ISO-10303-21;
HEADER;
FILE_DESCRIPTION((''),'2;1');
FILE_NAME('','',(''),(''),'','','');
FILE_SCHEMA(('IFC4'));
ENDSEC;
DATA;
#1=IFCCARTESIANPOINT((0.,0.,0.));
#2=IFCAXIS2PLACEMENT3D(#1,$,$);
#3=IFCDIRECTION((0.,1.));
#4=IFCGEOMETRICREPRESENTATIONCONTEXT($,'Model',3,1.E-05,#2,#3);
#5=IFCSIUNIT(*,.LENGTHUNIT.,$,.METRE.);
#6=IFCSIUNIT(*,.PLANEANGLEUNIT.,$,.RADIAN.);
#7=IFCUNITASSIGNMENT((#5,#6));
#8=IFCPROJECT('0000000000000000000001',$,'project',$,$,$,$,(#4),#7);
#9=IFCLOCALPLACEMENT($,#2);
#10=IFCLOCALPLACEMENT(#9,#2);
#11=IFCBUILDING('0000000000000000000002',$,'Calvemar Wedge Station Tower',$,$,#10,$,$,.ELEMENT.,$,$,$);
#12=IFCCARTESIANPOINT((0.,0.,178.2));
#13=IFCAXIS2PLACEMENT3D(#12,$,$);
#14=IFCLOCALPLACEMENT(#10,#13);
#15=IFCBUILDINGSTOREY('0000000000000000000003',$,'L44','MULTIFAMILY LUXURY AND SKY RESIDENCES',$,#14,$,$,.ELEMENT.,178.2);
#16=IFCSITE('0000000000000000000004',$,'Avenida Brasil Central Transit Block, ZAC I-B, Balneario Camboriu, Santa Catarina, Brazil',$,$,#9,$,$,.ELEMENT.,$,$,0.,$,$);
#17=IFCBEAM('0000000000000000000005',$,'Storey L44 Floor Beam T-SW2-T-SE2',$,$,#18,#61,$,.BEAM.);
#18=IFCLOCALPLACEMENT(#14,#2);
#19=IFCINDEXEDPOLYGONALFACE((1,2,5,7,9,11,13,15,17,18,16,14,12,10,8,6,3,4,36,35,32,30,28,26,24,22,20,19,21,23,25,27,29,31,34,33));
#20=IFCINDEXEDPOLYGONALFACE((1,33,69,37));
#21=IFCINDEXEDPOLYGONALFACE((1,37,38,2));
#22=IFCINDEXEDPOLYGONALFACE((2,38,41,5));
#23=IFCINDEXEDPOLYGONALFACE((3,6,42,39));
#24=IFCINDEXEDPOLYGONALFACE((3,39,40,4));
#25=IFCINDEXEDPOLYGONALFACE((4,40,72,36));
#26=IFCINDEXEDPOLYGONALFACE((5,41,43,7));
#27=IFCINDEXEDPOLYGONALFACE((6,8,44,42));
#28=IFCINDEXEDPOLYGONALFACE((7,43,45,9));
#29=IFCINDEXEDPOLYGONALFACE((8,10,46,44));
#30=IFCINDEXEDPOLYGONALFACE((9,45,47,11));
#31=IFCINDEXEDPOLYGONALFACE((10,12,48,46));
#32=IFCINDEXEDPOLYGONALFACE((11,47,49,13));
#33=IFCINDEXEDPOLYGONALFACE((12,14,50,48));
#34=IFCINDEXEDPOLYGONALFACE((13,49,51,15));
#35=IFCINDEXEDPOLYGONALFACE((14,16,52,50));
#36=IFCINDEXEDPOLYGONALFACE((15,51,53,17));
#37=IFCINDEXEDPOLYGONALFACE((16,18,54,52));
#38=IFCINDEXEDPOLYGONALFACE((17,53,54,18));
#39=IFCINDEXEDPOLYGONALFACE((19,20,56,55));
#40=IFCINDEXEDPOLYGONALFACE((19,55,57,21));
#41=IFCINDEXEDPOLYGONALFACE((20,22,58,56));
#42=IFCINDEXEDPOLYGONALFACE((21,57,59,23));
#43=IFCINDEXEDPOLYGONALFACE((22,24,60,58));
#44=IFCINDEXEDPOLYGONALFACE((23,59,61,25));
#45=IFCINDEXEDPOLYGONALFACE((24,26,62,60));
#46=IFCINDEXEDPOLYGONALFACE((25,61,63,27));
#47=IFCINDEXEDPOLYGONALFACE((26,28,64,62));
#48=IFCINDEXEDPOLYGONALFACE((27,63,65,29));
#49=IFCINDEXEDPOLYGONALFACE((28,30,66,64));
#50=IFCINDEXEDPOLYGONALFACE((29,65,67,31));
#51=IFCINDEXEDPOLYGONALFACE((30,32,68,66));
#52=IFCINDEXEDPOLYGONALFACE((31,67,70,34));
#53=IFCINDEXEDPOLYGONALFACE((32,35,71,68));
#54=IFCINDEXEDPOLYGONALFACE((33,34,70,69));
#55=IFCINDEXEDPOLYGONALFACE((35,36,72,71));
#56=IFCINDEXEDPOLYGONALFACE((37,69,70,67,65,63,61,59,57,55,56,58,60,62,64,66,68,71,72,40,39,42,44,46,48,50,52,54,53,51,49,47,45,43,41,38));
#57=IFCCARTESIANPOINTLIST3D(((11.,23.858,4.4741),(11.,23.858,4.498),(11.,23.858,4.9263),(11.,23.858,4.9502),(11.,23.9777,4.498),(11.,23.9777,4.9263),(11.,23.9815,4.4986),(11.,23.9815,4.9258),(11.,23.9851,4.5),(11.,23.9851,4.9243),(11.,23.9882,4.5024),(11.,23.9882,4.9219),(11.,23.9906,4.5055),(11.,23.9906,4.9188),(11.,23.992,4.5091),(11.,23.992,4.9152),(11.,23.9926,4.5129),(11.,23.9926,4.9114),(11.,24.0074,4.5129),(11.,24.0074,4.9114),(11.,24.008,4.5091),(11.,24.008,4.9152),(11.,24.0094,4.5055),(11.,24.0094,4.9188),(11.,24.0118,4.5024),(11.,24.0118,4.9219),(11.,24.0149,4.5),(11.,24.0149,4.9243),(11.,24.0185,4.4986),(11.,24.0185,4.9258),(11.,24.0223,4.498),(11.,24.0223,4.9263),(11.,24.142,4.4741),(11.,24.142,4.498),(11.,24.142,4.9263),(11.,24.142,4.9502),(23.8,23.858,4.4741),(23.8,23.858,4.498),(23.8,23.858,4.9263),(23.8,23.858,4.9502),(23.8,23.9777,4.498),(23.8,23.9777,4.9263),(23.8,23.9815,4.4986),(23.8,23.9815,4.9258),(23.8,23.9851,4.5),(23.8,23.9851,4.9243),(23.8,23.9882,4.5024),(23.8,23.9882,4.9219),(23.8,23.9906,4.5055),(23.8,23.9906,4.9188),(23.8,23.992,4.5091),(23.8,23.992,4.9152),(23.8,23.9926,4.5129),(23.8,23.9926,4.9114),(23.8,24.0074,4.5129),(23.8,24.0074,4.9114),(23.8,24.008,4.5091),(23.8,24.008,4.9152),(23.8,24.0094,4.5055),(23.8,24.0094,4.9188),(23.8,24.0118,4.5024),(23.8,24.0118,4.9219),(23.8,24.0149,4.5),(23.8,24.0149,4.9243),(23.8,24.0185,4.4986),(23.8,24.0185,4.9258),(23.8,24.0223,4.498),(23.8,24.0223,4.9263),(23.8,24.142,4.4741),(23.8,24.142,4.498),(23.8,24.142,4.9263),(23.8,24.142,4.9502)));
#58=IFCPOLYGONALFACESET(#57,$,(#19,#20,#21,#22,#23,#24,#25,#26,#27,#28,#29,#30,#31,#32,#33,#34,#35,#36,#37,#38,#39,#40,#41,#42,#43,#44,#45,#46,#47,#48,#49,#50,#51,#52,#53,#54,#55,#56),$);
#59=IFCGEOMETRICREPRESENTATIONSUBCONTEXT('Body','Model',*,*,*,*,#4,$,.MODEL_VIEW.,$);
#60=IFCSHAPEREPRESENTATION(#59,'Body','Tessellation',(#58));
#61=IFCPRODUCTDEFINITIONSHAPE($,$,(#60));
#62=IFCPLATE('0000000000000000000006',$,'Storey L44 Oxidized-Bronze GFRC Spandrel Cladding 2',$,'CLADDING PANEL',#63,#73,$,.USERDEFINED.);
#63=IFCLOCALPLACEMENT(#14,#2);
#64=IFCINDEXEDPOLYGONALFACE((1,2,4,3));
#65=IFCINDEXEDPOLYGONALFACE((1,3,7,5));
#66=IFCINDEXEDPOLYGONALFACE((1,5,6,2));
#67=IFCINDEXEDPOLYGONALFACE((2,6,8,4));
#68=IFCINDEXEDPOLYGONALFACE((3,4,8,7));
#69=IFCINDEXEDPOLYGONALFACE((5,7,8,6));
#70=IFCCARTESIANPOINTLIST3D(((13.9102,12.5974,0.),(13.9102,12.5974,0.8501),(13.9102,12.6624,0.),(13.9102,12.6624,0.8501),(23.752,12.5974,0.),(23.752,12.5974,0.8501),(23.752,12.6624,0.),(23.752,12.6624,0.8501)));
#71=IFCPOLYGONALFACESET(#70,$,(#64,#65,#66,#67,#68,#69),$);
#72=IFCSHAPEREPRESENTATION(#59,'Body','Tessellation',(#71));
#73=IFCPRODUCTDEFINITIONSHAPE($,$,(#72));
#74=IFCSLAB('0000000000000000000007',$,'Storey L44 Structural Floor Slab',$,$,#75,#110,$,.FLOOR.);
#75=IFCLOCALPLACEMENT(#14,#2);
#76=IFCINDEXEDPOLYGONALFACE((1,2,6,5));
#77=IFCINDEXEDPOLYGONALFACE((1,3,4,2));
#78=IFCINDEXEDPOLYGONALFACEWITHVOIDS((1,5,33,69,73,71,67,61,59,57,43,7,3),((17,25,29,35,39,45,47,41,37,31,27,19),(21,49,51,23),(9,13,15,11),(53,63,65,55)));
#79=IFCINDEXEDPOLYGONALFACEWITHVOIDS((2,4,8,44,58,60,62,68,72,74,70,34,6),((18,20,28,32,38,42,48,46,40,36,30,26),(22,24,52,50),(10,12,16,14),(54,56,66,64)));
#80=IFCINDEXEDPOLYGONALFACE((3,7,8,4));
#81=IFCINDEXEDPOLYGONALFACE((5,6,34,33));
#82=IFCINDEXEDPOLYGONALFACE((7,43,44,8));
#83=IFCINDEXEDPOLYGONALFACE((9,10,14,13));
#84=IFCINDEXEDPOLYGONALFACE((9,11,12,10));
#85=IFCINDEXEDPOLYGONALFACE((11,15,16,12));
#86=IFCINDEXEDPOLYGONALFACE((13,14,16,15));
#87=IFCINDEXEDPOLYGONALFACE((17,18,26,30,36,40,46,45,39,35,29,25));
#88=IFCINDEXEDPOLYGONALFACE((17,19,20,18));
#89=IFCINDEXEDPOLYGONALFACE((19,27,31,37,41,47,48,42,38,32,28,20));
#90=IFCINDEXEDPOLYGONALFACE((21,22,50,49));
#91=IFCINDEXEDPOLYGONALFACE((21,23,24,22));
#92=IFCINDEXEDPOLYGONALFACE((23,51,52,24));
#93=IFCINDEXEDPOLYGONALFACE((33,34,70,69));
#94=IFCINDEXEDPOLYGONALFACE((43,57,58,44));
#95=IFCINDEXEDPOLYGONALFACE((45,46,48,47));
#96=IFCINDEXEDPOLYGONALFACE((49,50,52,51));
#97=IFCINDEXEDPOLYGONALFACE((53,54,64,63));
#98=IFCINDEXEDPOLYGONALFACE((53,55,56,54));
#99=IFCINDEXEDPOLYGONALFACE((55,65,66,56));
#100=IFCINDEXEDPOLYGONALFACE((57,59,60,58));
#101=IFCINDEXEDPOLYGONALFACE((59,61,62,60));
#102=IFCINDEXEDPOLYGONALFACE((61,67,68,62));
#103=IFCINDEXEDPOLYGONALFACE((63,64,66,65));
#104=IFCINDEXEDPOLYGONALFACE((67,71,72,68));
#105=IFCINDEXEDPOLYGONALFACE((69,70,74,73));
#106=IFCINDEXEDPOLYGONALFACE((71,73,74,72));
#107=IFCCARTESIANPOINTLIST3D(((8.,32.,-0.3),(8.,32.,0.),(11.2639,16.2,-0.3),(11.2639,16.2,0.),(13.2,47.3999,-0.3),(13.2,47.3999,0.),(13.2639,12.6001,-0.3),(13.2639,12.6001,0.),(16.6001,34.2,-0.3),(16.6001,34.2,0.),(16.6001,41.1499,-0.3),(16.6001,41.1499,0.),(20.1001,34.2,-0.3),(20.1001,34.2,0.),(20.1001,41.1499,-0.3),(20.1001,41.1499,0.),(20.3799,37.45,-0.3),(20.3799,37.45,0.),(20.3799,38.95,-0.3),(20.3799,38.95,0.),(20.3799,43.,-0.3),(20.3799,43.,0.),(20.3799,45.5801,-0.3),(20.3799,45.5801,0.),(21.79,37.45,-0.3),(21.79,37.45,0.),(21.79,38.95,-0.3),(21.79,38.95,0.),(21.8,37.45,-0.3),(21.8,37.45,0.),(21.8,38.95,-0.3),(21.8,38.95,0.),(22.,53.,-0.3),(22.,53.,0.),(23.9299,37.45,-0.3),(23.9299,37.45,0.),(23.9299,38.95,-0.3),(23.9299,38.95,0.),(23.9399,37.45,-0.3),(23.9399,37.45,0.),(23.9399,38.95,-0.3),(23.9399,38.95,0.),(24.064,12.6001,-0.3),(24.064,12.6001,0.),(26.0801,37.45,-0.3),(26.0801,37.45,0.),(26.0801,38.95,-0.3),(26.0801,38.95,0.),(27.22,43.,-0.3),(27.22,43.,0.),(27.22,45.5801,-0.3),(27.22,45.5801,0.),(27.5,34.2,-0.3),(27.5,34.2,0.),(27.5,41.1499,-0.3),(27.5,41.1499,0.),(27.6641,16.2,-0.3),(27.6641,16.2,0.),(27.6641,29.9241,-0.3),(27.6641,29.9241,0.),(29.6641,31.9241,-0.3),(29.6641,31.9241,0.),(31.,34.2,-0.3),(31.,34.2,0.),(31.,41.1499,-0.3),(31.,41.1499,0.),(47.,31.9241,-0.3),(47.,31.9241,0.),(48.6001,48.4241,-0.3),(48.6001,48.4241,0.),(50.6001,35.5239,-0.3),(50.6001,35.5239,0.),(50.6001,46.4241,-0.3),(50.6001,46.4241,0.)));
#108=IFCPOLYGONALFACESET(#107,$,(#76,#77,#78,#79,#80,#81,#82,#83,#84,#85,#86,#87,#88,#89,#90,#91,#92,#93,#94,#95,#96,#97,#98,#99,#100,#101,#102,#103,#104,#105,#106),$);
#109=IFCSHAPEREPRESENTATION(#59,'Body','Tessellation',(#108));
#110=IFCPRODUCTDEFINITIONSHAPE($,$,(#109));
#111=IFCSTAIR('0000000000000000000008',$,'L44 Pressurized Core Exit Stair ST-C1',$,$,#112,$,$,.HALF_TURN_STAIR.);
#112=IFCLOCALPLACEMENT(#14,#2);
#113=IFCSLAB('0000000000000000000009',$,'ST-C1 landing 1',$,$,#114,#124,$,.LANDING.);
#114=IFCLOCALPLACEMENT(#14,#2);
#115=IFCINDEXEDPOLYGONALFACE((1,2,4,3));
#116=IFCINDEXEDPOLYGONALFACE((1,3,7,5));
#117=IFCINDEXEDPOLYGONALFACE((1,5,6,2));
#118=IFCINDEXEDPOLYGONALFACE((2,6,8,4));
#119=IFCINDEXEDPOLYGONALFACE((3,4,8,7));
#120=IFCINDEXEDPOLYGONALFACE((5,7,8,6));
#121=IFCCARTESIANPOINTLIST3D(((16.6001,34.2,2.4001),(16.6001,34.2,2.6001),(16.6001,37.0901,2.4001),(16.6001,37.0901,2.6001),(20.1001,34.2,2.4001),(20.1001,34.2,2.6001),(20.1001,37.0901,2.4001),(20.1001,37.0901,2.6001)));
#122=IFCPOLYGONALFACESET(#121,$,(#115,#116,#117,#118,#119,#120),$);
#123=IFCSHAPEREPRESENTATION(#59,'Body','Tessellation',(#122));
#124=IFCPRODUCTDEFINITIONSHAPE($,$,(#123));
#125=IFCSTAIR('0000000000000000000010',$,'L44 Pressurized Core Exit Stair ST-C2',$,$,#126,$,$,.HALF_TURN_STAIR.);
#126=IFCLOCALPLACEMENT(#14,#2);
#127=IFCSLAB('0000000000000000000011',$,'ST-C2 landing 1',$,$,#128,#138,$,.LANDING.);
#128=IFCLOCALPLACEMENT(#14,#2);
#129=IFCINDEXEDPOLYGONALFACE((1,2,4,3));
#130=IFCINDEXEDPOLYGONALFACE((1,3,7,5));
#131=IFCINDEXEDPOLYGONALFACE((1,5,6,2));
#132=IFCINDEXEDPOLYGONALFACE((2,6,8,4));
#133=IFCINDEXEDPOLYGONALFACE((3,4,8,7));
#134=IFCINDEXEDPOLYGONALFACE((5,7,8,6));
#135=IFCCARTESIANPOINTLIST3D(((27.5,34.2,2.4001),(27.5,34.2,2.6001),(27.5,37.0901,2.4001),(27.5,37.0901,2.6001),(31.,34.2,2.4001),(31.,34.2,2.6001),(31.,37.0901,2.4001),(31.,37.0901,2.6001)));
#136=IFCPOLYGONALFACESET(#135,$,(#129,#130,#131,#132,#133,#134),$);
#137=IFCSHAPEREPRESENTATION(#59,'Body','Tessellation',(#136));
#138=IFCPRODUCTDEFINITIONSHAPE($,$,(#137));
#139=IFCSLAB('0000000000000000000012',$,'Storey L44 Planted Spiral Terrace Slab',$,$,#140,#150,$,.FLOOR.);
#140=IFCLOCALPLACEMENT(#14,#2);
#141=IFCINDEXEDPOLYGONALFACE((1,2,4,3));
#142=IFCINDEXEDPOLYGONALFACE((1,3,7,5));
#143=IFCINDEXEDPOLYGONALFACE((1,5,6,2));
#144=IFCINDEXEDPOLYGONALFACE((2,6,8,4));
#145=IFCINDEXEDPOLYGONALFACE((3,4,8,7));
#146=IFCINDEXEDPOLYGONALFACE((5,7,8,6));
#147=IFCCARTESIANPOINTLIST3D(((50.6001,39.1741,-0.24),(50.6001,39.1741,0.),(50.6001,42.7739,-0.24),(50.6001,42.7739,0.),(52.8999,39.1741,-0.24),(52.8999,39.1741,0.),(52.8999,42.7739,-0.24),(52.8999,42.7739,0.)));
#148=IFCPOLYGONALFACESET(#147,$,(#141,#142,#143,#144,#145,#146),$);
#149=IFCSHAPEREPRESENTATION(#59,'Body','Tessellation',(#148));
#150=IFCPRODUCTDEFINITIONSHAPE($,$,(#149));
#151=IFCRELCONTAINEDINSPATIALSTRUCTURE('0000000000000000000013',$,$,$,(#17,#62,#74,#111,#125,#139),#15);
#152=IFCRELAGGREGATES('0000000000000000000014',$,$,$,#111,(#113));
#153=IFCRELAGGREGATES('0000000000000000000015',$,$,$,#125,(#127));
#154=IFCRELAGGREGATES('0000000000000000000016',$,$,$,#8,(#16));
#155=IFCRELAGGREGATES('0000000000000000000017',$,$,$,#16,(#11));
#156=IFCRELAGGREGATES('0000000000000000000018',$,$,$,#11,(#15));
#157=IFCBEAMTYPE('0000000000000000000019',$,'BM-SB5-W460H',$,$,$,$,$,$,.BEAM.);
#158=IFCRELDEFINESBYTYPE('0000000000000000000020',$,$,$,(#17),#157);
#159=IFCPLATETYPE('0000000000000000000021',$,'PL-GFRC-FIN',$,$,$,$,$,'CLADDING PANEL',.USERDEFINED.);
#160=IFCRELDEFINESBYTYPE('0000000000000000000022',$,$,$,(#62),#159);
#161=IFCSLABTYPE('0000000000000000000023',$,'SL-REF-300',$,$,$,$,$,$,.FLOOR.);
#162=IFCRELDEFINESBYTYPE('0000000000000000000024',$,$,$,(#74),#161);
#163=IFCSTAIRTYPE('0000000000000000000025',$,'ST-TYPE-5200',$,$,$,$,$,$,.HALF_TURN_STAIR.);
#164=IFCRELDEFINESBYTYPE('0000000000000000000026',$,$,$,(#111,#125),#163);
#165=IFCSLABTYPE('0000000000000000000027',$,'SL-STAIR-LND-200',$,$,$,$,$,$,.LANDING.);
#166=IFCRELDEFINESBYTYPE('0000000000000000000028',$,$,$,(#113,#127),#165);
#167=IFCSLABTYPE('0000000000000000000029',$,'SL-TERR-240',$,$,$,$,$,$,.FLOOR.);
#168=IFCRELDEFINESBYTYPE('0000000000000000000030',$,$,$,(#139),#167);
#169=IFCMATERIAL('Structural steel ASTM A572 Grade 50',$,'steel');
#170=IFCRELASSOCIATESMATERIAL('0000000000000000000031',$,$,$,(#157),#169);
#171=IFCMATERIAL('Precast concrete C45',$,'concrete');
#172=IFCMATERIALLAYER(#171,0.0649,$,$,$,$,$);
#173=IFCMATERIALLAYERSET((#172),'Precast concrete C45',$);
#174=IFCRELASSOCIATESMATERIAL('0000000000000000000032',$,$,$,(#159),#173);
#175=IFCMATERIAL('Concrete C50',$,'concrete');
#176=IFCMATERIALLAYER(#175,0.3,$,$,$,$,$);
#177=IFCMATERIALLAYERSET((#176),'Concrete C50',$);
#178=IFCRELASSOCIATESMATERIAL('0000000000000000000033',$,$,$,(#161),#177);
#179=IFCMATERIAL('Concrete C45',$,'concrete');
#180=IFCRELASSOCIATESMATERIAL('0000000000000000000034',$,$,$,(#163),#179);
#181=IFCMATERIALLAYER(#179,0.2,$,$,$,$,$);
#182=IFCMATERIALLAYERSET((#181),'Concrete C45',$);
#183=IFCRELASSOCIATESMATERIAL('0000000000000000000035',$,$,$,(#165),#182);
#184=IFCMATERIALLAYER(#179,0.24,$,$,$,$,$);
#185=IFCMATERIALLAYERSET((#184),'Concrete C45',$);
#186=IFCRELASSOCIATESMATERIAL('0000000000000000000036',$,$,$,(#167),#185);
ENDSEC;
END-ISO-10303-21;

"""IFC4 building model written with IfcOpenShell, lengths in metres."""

from ifc_helpers import new_model, si_unit, direction, frame, frame_2d, origin, origin_2d, place, context, subcontext, project, spatial, polyline, rectangle, i_section, outline, extrude, source, transform, mapped, material, layer, layer_set, material_profile, profile_set, type_object, element, aggregate, save


model = new_model("IFC4")

# Units and contexts
model_context = context("Model", 3, precision=1e-05, world=origin(), true_north=direction((0.0, 1.0)))
body_context = subcontext(model_context, "Body", "Model", "MODEL_VIEW")
ifc_project = project(units=[si_unit("LENGTHUNIT", "METRE"), si_unit("PLANEANGLEUNIT", "RADIAN")], contexts=[model_context])

# Site, building, storey
site_placement = place(None, origin())
site = spatial("IfcSite", under=ifc_project, at=site_placement, Name="Avenida Brasil Central Transit Block, ZAC I-B, Balneario Camboriu, Santa Catarina, Brazil", CompositionType="ELEMENT", RefElevation=0.0)
building_placement = place(site_placement, origin())
building = spatial("IfcBuilding", under=site, at=building_placement, Name="Calvemar Wedge Station Tower", CompositionType="ELEMENT")
storey_placement = place(building_placement, frame((0.0, 0.0, 178.2)))
storey = spatial("IfcBuildingStorey", under=building, at=storey_placement, Name="L44", Description="MULTIFAMILY LUXURY AND SKY RESIDENCES", CompositionType="ELEMENT", Elevation=178.2)

# Shared definitions
ifc_material_1 = material(Name="Concrete C50", Category="concrete")

# Beam
ifc_material_2 = material(Name="Structural steel ASTM A572 Grade 50", Category="steel")
ifc_material_profile_1 = material_profile(ifc_material_2, i_section(OverallWidth=0.2839, OverallDepth=0.4761, WebThickness=0.0149, FlangeThickness=0.0239, FilletRadius=0.0149, at=origin_2d()), Name="W460x158")
ifc_profile_set_1 = profile_set([ifc_material_profile_1], Name="Structural steel ASTM A572 Grade 50")
beam_type_1 = type_object("IfcBeamType", Name="BM-SB5-W460H", PredefinedType="BEAM", material=ifc_profile_set_1)
shared_shape_1 = source(origin(), body_context, "Body", "SweptSolid", [
    extrude(i_section(OverallWidth=0.2839, OverallDepth=0.4761, WebThickness=0.0149, FlangeThickness=0.0239, FilletRadius=0.0149, at=origin_2d()), origin(), (0.0, 0.0, 1.0), 12.8),
])
beam_1_placement = place(storey_placement, frame((11.0, 24.0, 4.7122), z_axis=(1.0, 0.0, 0.0), x_axis=(0.0, 1.0, 0.0)))
element("IfcBeam", 1, at=beam_1_placement, inside=storey, type_object=beam_type_1, Name="Storey L44 Floor Beam T-SW2-T-SE2", PredefinedType="BEAM", context=body_context, shape_type="MappedRepresentation", body=[
    mapped(shared_shape_1, transform((0.0, 0.0, 0.0), scale=1.0)),
])

# Plate
ifc_material_3 = material(Name="Precast concrete C45", Category="concrete")
ifc_layer_1 = layer(ifc_material_3, 0.0649)
ifc_layer_set_1 = layer_set([ifc_layer_1], Name="Precast concrete C45")
plate_type = type_object("IfcPlateType", Name="PL-GFRC-FIN", ElementType="CLADDING PANEL", PredefinedType="USERDEFINED", material=ifc_layer_set_1)
plate_placement = place(storey_placement, frame((13.9102, 12.6299, 0.0), z_axis=(0.0, 0.0, 1.0), x_axis=(1.0, 0.0, 0.0)))
element("IfcPlate", 2, at=plate_placement, inside=storey, type_object=plate_type, Name="Storey L44 Oxidized-Bronze GFRC Spandrel Cladding 2", ObjectType="CLADDING PANEL", PredefinedType="USERDEFINED", context=body_context, shape_type="SweptSolid", body=[
    extrude(rectangle(XDim=9.8418, YDim=0.0649, at=frame_2d((4.9209, 0.0))), origin(), (0.0, 0.0, 1.0), 0.8501),
])

# Slab
ifc_layer_2 = layer(ifc_material_1, 0.3)
ifc_layer_set_2 = layer_set([ifc_layer_2], Name="Concrete C50")
slab_type_1 = type_object("IfcSlabType", Name="SL-REF-300", PredefinedType="FLOOR", material=ifc_layer_set_2)
slab_1_placement = place(storey_placement, frame((0.0, 0.0, -0.3)))
element("IfcSlab", 3, at=slab_1_placement, inside=storey, type_object=slab_type_1, Name="Storey L44 Structural Floor Slab", PredefinedType="FLOOR", context=body_context, shape_type="SweptSolid", body=[
    extrude(outline(polyline([(8.0, 32.0), (11.2639, 16.2), (13.2639, 12.6001), (24.064, 12.6001), (27.6641, 16.2), (27.6641, 29.9241), (29.6641, 31.9241), (47.0, 31.9241), (50.6001, 35.5239), (50.6001, 46.4241), (48.6001, 48.4241), (22.0, 53.0), (13.2, 47.3999), (8.0, 32.0)]), holes=[polyline([(20.1001, 34.2), (20.1001, 41.1499), (16.6001, 41.1499), (16.6001, 34.2), (20.1001, 34.2)]), polyline([(27.5, 34.2), (31.0, 34.2), (31.0, 41.1499), (27.5, 41.1499), (27.5, 34.2)]), polyline([(21.8, 37.45), (23.9299, 37.45), (23.9399, 37.45), (26.0801, 37.45), (26.0801, 38.95), (23.9399, 38.95), (23.9299, 38.95), (21.8, 38.95), (21.79, 38.95), (20.3799, 38.95), (20.3799, 37.45), (21.79, 37.45), (21.8, 37.45)]), polyline([(27.22, 43.0), (27.22, 45.5801), (20.3799, 45.5801), (20.3799, 43.0), (27.22, 43.0)])]), origin(), (0.0, 0.0, 1.0), 0.3),
])

# Stairs, slabs
ifc_material_4 = material(Name="Concrete C45", Category="concrete")
stair_type = type_object("IfcStairType", Name="ST-TYPE-5200", PredefinedType="HALF_TURN_STAIR", material=ifc_material_4)
stair_1_placement = place(storey_placement, origin())
stair_1 = element("IfcStair", 4, at=stair_1_placement, inside=storey, type_object=stair_type, Name="L44 Pressurized Core Exit Stair ST-C1", PredefinedType="HALF_TURN_STAIR")
ifc_layer_3 = layer(ifc_material_4, 0.2)
ifc_layer_set_3 = layer_set([ifc_layer_3], Name="Concrete C45")
slab_type_2 = type_object("IfcSlabType", Name="SL-STAIR-LND-200", PredefinedType="LANDING", material=ifc_layer_set_3)
slab_2_placement = place(storey_placement, frame((0.0, 0.0, 2.4001)))
slab_2 = element("IfcSlab", 5, at=slab_2_placement, type_object=slab_type_2, Name="ST-C1 landing 1", PredefinedType="LANDING", context=body_context, shape_type="SweptSolid", body=[
    extrude(outline(polyline([(16.6001, 37.0901), (16.6001, 34.2), (20.1001, 34.2), (20.1001, 37.0901), (16.6001, 37.0901)])), origin(), (0.0, 0.0, 1.0), 0.2),
])
aggregate(stair_1, [slab_2])
stair_2_placement = place(storey_placement, origin())
stair_2 = element("IfcStair", 6, at=stair_2_placement, inside=storey, type_object=stair_type, Name="L44 Pressurized Core Exit Stair ST-C2", PredefinedType="HALF_TURN_STAIR")
slab_3_placement = place(storey_placement, frame((0.0, 0.0, 2.4001)))
slab_3 = element("IfcSlab", 7, at=slab_3_placement, type_object=slab_type_2, Name="ST-C2 landing 1", PredefinedType="LANDING", context=body_context, shape_type="SweptSolid", body=[
    extrude(outline(polyline([(27.5, 37.0901), (27.5, 34.2), (31.0, 34.2), (31.0, 37.0901), (27.5, 37.0901)])), origin(), (0.0, 0.0, 1.0), 0.2),
])
aggregate(stair_2, [slab_3])

# Slab
ifc_layer_4 = layer(ifc_material_4, 0.24)
ifc_layer_set_4 = layer_set([ifc_layer_4], Name="Concrete C45")
slab_type_3 = type_object("IfcSlabType", Name="SL-TERR-240", PredefinedType="FLOOR", material=ifc_layer_set_4)
slab_4_placement = place(storey_placement, frame((0.0, 0.0, -0.24)))
element("IfcSlab", 8, at=slab_4_placement, inside=storey, type_object=slab_type_3, Name="Storey L44 Planted Spiral Terrace Slab", PredefinedType="FLOOR", context=body_context, shape_type="SweptSolid", body=[
    extrude(outline(polyline([(50.6001, 39.1741), (52.8999, 39.1741), (52.8999, 42.7739), (50.6001, 42.7739), (50.6001, 39.1741)])), origin(), (0.0, 0.0, 1.0), 0.24),
])

save(model, "model.ifc")
